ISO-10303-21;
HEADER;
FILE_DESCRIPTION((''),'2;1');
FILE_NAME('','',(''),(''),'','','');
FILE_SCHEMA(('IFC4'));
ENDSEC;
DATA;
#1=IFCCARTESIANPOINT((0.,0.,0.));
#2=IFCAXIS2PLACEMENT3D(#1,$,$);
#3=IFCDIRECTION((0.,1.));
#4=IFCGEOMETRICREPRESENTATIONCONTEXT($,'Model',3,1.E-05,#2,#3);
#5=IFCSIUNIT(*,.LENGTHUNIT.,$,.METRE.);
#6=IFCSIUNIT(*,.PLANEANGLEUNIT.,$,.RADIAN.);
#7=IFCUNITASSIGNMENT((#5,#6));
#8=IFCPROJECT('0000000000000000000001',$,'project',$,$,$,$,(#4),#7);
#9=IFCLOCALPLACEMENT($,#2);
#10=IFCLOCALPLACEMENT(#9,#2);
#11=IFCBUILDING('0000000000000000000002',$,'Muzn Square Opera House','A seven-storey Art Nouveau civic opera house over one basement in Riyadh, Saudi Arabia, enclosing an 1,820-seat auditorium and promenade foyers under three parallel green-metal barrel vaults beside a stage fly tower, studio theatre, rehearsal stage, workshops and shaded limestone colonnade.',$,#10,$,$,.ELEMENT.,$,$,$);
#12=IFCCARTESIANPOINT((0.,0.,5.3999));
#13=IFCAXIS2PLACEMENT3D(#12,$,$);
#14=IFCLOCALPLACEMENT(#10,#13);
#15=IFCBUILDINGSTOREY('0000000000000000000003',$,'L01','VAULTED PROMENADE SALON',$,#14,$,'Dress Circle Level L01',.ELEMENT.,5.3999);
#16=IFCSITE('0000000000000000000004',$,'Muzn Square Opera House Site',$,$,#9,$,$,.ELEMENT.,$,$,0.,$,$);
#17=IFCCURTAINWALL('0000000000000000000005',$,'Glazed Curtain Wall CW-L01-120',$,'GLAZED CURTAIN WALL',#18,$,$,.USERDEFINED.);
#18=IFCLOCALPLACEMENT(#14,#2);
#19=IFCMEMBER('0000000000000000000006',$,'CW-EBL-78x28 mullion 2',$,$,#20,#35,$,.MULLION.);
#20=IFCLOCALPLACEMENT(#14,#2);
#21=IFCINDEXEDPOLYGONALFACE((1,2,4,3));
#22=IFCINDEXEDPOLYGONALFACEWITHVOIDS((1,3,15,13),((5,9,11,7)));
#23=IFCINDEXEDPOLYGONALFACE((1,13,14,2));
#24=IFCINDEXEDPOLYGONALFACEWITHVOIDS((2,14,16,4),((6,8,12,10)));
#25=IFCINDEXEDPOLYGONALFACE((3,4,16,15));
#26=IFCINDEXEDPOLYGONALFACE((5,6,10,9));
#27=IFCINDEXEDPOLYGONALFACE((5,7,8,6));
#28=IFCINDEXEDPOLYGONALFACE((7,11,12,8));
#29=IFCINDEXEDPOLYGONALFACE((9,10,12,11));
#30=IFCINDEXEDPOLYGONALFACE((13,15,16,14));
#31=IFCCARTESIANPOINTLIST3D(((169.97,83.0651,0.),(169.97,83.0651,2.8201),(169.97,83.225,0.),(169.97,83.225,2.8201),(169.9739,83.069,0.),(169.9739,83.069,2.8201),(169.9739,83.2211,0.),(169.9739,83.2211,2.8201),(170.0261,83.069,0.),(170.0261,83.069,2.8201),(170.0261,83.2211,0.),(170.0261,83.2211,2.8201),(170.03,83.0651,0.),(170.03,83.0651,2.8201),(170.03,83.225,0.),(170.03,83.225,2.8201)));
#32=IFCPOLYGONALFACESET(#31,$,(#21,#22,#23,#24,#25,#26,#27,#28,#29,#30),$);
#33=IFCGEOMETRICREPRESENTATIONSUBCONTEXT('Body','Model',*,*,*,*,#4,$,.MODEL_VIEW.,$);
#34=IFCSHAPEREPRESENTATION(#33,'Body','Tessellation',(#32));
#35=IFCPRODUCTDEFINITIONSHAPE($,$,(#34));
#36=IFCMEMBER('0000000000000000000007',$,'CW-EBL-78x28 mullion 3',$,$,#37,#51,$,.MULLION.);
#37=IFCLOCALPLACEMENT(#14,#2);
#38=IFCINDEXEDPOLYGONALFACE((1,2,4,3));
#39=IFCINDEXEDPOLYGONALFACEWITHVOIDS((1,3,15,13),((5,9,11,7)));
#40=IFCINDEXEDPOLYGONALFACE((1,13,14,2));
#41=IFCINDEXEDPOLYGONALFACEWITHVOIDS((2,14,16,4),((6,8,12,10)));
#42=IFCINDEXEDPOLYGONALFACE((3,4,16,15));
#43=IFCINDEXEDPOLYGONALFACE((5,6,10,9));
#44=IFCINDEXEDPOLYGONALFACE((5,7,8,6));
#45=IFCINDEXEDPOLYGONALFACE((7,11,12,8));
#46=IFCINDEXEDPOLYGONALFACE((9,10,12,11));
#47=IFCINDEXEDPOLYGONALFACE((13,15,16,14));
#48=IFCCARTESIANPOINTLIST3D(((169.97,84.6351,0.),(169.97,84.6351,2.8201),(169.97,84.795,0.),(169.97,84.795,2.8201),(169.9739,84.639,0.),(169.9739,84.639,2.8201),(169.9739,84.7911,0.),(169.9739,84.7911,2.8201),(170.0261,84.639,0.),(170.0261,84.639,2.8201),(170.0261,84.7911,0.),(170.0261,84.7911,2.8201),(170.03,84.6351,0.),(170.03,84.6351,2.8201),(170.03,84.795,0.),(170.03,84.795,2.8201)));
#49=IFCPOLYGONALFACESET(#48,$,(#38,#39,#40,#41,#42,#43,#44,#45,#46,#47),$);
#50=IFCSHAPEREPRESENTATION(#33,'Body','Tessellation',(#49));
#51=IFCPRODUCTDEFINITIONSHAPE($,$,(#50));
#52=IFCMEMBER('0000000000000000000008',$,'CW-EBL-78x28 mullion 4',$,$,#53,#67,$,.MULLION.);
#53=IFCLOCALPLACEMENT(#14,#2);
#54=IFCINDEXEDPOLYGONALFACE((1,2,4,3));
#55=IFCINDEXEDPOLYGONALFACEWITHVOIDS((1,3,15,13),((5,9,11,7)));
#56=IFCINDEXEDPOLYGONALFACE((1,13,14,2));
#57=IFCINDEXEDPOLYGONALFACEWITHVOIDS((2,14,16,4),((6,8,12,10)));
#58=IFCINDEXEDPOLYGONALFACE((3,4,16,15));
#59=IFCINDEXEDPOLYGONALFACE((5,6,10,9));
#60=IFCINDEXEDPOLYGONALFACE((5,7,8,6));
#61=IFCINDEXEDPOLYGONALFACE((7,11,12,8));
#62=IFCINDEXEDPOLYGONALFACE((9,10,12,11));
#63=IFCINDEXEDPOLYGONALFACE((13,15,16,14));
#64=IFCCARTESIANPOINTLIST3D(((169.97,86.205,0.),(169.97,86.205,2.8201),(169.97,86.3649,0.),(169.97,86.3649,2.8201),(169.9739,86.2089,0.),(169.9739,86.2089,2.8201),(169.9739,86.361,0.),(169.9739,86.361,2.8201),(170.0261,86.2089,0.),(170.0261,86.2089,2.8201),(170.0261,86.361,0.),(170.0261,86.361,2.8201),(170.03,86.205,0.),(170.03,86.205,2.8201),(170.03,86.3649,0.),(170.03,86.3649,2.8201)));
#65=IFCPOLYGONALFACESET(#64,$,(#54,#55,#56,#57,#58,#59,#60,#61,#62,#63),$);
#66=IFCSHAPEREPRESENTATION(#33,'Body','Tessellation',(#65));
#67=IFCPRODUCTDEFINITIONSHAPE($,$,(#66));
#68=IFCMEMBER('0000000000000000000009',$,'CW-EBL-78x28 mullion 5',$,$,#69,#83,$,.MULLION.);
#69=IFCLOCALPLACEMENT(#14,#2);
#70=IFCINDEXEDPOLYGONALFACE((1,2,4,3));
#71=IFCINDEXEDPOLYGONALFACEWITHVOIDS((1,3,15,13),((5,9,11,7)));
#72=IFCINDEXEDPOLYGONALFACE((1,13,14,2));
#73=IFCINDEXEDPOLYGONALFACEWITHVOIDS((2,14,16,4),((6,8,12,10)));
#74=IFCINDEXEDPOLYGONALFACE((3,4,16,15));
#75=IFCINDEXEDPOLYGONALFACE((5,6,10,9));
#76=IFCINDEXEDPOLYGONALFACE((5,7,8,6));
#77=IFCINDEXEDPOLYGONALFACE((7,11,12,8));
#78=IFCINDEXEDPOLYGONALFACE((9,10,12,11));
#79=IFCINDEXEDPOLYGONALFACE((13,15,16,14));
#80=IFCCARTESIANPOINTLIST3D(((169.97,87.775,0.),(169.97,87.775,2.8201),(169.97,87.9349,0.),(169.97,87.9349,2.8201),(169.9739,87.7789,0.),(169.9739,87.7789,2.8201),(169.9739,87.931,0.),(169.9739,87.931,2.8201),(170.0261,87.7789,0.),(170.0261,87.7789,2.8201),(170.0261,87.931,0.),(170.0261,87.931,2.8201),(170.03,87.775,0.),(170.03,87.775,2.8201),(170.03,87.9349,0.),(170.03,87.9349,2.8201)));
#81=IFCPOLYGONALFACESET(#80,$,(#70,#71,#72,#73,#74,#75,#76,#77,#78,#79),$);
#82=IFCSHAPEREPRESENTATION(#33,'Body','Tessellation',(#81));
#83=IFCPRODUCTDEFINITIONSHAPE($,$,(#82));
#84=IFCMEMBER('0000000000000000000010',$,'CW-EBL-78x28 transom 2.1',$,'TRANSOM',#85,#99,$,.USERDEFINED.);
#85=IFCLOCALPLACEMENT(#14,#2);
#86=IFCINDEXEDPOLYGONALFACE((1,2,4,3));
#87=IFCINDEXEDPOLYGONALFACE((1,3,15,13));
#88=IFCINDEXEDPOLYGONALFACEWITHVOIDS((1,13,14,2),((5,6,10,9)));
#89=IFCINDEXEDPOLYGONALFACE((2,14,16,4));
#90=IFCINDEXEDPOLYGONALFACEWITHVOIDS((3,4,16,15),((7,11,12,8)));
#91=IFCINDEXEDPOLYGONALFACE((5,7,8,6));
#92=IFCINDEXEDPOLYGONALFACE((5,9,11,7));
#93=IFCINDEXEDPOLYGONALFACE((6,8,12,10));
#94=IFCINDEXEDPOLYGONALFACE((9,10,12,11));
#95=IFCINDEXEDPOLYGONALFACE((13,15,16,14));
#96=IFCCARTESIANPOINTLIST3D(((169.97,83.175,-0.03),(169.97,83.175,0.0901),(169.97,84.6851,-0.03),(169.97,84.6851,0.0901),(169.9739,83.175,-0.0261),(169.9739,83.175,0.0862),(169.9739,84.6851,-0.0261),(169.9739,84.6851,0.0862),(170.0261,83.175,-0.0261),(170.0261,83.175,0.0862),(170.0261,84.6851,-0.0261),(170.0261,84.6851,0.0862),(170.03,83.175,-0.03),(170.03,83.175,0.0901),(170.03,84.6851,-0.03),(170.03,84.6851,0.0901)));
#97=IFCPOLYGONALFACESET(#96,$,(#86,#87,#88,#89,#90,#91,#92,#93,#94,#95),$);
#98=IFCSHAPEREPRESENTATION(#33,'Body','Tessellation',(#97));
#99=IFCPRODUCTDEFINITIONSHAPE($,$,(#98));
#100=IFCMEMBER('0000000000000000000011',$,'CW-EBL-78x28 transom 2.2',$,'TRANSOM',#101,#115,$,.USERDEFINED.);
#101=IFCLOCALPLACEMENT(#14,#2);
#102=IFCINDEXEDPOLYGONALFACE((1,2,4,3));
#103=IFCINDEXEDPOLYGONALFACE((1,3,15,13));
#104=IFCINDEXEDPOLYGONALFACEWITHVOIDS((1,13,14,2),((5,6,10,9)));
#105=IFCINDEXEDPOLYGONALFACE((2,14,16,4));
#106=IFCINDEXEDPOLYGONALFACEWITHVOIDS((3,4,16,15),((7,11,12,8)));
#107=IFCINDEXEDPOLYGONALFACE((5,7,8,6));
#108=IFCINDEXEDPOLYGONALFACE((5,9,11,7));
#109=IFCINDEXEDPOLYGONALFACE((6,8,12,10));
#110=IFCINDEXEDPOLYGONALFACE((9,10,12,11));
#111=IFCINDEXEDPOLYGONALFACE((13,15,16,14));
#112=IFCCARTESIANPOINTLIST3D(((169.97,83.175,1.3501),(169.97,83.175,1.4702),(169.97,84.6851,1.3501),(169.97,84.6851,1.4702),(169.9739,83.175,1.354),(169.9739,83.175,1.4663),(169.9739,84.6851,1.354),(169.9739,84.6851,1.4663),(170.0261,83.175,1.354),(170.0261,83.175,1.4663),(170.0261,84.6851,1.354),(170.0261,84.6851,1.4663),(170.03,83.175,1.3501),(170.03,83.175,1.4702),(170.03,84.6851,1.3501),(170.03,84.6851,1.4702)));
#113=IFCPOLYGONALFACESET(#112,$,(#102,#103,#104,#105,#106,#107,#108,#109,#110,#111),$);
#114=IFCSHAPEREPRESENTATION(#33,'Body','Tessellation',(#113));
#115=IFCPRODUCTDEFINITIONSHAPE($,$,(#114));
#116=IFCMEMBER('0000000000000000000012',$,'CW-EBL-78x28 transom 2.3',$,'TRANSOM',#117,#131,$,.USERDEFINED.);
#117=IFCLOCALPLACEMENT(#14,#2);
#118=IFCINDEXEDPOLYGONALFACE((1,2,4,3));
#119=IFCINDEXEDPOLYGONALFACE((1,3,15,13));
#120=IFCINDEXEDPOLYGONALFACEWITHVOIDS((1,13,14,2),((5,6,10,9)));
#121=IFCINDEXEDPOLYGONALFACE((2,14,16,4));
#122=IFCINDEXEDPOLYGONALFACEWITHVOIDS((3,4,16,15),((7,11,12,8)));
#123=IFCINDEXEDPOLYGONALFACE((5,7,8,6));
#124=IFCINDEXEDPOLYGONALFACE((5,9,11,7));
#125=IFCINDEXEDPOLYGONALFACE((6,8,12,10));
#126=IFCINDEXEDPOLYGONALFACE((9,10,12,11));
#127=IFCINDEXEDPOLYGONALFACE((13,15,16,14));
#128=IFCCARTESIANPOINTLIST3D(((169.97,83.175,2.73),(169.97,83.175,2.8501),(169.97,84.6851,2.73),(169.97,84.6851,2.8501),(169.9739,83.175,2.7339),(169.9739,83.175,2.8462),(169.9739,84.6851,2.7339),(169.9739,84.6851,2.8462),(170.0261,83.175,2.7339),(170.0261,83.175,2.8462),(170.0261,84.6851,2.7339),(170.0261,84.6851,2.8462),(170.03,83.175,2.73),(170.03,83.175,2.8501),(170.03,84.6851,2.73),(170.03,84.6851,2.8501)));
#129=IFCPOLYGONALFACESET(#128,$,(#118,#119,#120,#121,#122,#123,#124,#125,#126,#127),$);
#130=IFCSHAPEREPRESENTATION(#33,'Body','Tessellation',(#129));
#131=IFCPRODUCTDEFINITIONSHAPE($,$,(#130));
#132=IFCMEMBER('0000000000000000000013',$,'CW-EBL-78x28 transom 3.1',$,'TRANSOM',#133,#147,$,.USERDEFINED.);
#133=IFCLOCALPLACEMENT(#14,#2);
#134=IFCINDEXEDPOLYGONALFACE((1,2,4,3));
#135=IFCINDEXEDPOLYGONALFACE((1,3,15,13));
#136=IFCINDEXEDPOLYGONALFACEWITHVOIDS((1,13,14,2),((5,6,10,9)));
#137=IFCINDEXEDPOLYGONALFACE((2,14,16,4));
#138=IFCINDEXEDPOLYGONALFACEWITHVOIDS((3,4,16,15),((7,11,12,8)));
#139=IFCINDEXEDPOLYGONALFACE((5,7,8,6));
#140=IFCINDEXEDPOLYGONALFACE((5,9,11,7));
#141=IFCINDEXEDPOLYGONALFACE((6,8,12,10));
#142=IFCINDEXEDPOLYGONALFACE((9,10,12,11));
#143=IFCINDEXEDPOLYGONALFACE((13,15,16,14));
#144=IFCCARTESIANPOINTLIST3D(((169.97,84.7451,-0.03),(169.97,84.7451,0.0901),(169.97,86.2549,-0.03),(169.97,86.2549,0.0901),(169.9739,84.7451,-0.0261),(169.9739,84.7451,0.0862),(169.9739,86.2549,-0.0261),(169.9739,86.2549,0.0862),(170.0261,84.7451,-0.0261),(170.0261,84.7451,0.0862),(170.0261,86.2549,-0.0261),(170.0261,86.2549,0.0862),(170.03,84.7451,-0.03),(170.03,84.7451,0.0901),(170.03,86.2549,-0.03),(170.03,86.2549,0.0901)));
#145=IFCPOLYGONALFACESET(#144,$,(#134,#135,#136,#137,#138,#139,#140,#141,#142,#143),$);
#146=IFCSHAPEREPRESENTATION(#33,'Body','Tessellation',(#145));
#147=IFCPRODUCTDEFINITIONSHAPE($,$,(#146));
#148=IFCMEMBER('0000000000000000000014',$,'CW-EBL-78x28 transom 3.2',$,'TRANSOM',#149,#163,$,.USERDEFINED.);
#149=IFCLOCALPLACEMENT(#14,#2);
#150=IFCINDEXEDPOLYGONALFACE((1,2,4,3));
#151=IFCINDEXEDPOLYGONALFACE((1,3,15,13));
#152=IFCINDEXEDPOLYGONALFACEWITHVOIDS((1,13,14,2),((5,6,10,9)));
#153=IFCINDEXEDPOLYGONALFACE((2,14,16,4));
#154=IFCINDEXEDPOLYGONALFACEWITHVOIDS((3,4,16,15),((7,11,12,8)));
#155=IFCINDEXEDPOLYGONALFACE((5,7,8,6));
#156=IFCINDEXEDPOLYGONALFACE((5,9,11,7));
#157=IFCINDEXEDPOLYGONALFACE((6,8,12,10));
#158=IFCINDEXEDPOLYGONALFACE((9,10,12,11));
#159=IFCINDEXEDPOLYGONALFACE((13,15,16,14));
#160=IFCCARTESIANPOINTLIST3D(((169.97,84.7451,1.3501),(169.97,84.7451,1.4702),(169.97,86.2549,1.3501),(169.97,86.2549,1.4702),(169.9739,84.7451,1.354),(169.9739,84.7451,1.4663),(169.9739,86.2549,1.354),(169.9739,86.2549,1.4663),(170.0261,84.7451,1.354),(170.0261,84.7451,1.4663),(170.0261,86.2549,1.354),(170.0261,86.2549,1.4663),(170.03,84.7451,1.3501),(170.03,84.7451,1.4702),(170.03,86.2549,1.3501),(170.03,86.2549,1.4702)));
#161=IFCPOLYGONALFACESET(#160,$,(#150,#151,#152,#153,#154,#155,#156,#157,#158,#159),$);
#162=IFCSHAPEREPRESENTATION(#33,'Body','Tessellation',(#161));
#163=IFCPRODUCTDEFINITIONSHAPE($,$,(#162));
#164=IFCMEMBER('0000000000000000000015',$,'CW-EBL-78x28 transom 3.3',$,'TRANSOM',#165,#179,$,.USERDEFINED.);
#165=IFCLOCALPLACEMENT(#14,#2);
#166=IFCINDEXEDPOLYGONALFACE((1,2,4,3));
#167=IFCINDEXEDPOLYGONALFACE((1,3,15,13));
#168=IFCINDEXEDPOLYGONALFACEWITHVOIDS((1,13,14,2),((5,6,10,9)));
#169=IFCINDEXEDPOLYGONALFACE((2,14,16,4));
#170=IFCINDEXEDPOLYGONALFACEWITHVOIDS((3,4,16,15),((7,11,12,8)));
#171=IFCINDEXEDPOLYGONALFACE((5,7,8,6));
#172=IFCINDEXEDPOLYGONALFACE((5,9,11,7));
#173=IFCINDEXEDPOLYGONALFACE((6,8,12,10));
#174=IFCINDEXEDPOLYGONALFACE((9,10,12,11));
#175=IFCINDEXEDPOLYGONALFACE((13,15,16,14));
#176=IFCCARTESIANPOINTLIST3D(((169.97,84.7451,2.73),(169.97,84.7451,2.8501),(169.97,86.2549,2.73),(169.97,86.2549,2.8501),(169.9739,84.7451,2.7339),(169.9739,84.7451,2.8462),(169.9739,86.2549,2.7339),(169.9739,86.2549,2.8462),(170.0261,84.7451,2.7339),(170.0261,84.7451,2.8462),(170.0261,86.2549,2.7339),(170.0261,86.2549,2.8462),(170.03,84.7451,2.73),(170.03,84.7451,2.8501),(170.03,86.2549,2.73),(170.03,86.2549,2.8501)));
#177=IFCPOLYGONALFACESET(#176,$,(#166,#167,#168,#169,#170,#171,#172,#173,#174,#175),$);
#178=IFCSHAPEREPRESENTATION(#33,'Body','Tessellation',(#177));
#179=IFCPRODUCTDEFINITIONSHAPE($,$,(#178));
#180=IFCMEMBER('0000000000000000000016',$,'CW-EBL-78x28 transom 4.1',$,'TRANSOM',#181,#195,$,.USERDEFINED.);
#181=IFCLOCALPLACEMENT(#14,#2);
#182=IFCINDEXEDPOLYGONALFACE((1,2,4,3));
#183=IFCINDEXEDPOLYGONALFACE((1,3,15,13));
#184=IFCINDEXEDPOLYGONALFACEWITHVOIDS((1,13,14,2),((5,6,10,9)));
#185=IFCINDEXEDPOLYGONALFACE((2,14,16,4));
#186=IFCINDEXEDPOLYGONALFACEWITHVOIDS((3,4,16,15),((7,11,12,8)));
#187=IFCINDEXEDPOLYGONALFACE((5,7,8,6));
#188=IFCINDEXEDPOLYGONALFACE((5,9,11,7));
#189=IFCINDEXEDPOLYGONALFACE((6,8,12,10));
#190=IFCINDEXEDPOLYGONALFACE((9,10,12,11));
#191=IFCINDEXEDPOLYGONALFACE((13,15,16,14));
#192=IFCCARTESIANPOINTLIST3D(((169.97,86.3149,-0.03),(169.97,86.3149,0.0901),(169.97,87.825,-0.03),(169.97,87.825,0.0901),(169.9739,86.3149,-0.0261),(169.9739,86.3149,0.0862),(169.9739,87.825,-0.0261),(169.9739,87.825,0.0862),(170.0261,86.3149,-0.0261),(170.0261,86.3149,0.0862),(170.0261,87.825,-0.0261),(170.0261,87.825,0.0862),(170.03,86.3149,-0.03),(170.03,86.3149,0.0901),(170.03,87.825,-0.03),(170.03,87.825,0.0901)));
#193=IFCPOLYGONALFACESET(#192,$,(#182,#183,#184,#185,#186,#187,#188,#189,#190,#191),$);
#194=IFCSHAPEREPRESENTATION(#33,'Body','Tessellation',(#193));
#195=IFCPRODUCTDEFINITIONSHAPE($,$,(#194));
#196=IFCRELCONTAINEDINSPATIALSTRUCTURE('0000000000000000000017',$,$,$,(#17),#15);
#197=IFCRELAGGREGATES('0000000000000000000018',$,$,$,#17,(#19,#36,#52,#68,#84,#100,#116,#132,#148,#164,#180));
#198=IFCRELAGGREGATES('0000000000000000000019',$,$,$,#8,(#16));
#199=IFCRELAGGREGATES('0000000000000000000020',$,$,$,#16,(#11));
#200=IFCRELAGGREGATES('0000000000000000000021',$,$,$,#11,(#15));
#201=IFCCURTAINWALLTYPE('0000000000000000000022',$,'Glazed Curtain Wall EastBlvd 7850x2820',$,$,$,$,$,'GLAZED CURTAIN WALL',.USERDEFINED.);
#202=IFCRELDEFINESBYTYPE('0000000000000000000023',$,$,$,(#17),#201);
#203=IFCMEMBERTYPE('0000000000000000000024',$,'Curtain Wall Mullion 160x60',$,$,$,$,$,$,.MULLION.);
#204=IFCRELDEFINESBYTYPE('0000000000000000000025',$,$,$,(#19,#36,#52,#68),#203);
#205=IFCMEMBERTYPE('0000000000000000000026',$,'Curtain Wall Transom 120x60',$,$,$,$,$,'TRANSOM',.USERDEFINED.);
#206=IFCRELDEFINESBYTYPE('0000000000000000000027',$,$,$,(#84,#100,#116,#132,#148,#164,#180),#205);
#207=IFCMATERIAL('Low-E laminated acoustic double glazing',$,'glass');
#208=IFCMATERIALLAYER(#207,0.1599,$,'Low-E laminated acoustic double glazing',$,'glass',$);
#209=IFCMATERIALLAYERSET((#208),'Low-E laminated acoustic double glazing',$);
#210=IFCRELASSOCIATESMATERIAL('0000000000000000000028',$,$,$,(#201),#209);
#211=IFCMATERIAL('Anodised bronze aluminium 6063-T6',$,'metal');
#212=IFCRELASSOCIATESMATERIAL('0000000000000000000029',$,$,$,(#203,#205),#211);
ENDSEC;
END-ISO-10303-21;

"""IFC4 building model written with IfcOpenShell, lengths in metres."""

from ifc_helpers import new_model, si_unit, direction, frame, origin, origin_2d, place, context, subcontext, project, spatial, hollow_rectangle, extrude, material, layer, layer_set, material_profile, profile_set, type_object, element, aggregate, save


model = new_model("IFC4")

# Units and contexts
model_context = context("Model", 3, precision=1e-05, world=origin(), true_north=direction((0.0, 1.0)))
body_context = subcontext(model_context, "Body", "Model", "MODEL_VIEW")
ifc_project = project(units=[si_unit("LENGTHUNIT", "METRE"), si_unit("PLANEANGLEUNIT", "RADIAN")], contexts=[model_context])

# Site, building, storey
site_placement = place(None, origin())
site = spatial("IfcSite", under=ifc_project, at=site_placement, Name="Muzn Square Opera House Site", CompositionType="ELEMENT", RefElevation=0.0)
building_placement = place(site_placement, origin())
building = spatial("IfcBuilding", under=site, at=building_placement, Name="Muzn Square Opera House", Description="A seven-storey Art Nouveau civic opera house over one basement in Riyadh, Saudi Arabia, enclosing an 1,820-seat auditorium and promenade foyers under three parallel green-metal barrel vaults beside a stage fly tower, studio theatre, rehearsal stage, workshops and shaded limestone colonnade.", CompositionType="ELEMENT")
storey_placement = place(building_placement, frame((0.0, 0.0, 5.3999)))
storey = spatial("IfcBuildingStorey", under=building, at=storey_placement, Name="L01", Description="VAULTED PROMENADE SALON", LongName="Dress Circle Level L01", CompositionType="ELEMENT", Elevation=5.3999)

# Curtain wall, members
ifc_material_1 = material(Name="Low-E laminated acoustic double glazing", Category="glass")
ifc_layer_1 = layer(ifc_material_1, 0.1599, Name="Low-E laminated acoustic double glazing", Category="glass")
ifc_layer_set_1 = layer_set([ifc_layer_1], Name="Low-E laminated acoustic double glazing")
curtain_wall_type = type_object("IfcCurtainWallType", Name="Glazed Curtain Wall EastBlvd 7850x2820", ElementType="GLAZED CURTAIN WALL", PredefinedType="USERDEFINED", material=ifc_layer_set_1)
curtain_wall_placement = place(storey_placement, origin())
curtain_wall = element("IfcCurtainWall", 1, at=curtain_wall_placement, inside=storey, type_object=curtain_wall_type, Name="Glazed Curtain Wall CW-L01-120", ObjectType="GLAZED CURTAIN WALL", PredefinedType="USERDEFINED")
ifc_material_2 = material(Name="Anodised bronze aluminium 6063-T6", Category="metal")
ifc_material_profile_1 = material_profile(ifc_material_2, hollow_rectangle(XDim=0.0601, YDim=0.1599, WallThickness=0.0039, at=origin_2d()), Name="ALU 160x60x4", Category="metal")
ifc_profile_set_1 = profile_set([ifc_material_profile_1], Name="Anodised bronze aluminium 6063-T6")
member_type_1 = type_object("IfcMemberType", Name="Curtain Wall Mullion 160x60", PredefinedType="MULLION", material=ifc_profile_set_1)
member_1_placement = place(storey_placement, frame((170.0, 83.145, 0.0), z_axis=(0.0, 0.0, 1.0), x_axis=(-1.0, 0.0, 0.0)))
member_1 = element("IfcMember", 2, at=member_1_placement, type_object=member_type_1, Name="CW-EBL-78x28 mullion 2", PredefinedType="MULLION", context=body_context, shape_type="SweptSolid", body=[
    extrude(hollow_rectangle(XDim=0.0601, YDim=0.1599, WallThickness=0.0039, at=origin_2d()), origin(), (0.0, 0.0, 1.0), 2.8201),
])
member_2_placement = place(storey_placement, frame((170.0, 84.7151, 0.0), z_axis=(0.0, 0.0, 1.0), x_axis=(-1.0, 0.0, 0.0)))
member_2 = element("IfcMember", 3, at=member_2_placement, type_object=member_type_1, Name="CW-EBL-78x28 mullion 3", PredefinedType="MULLION", context=body_context, shape_type="SweptSolid", body=[
    extrude(hollow_rectangle(XDim=0.0601, YDim=0.1599, WallThickness=0.0039, at=origin_2d()), origin(), (0.0, 0.0, 1.0), 2.8201),
])
member_3_placement = place(storey_placement, frame((170.0, 86.2849, 0.0), z_axis=(0.0, 0.0, 1.0), x_axis=(-1.0, 0.0, 0.0)))
member_3 = element("IfcMember", 4, at=member_3_placement, type_object=member_type_1, Name="CW-EBL-78x28 mullion 4", PredefinedType="MULLION", context=body_context, shape_type="SweptSolid", body=[
    extrude(hollow_rectangle(XDim=0.0601, YDim=0.1599, WallThickness=0.0039, at=origin_2d()), origin(), (0.0, 0.0, 1.0), 2.8201),
])
member_4_placement = place(storey_placement, frame((170.0, 87.855, 0.0), z_axis=(0.0, 0.0, 1.0), x_axis=(-1.0, 0.0, 0.0)))
member_4 = element("IfcMember", 5, at=member_4_placement, type_object=member_type_1, Name="CW-EBL-78x28 mullion 5", PredefinedType="MULLION", context=body_context, shape_type="SweptSolid", body=[
    extrude(hollow_rectangle(XDim=0.0601, YDim=0.1599, WallThickness=0.0039, at=origin_2d()), origin(), (0.0, 0.0, 1.0), 2.8201),
])
ifc_material_profile_2 = material_profile(ifc_material_2, hollow_rectangle(XDim=0.0601, YDim=0.1201, WallThickness=0.0039, at=origin_2d()), Name="ALU 120x60x4", Category="metal")
ifc_profile_set_2 = profile_set([ifc_material_profile_2], Name="Anodised bronze aluminium 6063-T6")
member_type_2 = type_object("IfcMemberType", Name="Curtain Wall Transom 120x60", ElementType="TRANSOM", PredefinedType="USERDEFINED", material=ifc_profile_set_2)
member_5_placement = place(storey_placement, frame((170.0, 83.175, 0.03), z_axis=(0.0, 1.0, 0.0), x_axis=(-1.0, 0.0, 0.0)))
member_5 = element("IfcMember", 6, at=member_5_placement, type_object=member_type_2, Name="CW-EBL-78x28 transom 2.1", ObjectType="TRANSOM", PredefinedType="USERDEFINED", context=body_context, shape_type="SweptSolid", body=[
    extrude(hollow_rectangle(XDim=0.0601, YDim=0.1201, WallThickness=0.0039, at=origin_2d()), origin(), (0.0, 0.0, 1.0), 1.51),
])
member_6_placement = place(storey_placement, frame((170.0, 83.175, 1.4102), z_axis=(0.0, 1.0, 0.0), x_axis=(-1.0, 0.0, 0.0)))
member_6 = element("IfcMember", 7, at=member_6_placement, type_object=member_type_2, Name="CW-EBL-78x28 transom 2.2", ObjectType="TRANSOM", PredefinedType="USERDEFINED", context=body_context, shape_type="SweptSolid", body=[
    extrude(hollow_rectangle(XDim=0.0601, YDim=0.1201, WallThickness=0.0039, at=origin_2d()), origin(), (0.0, 0.0, 1.0), 1.51),
])
member_7_placement = place(storey_placement, frame((170.0, 83.175, 2.79), z_axis=(0.0, 1.0, 0.0), x_axis=(-1.0, 0.0, 0.0)))
member_7 = element("IfcMember", 8, at=member_7_placement, type_object=member_type_2, Name="CW-EBL-78x28 transom 2.3", ObjectType="TRANSOM", PredefinedType="USERDEFINED", context=body_context, shape_type="SweptSolid", body=[
    extrude(hollow_rectangle(XDim=0.0601, YDim=0.1201, WallThickness=0.0039, at=origin_2d()), origin(), (0.0, 0.0, 1.0), 1.51),
])
member_8_placement = place(storey_placement, frame((170.0, 84.7451, 0.03), z_axis=(0.0, 1.0, 0.0), x_axis=(-1.0, 0.0, 0.0)))
member_8 = element("IfcMember", 9, at=member_8_placement, type_object=member_type_2, Name="CW-EBL-78x28 transom 3.1", ObjectType="TRANSOM", PredefinedType="USERDEFINED", context=body_context, shape_type="SweptSolid", body=[
    extrude(hollow_rectangle(XDim=0.0601, YDim=0.1201, WallThickness=0.0039, at=origin_2d()), origin(), (0.0, 0.0, 1.0), 1.5098),
])
member_9_placement = place(storey_placement, frame((170.0, 84.7451, 1.4102), z_axis=(0.0, 1.0, 0.0), x_axis=(-1.0, 0.0, 0.0)))
member_9 = element("IfcMember", 10, at=member_9_placement, type_object=member_type_2, Name="CW-EBL-78x28 transom 3.2", ObjectType="TRANSOM", PredefinedType="USERDEFINED", context=body_context, shape_type="SweptSolid", body=[
    extrude(hollow_rectangle(XDim=0.0601, YDim=0.1201, WallThickness=0.0039, at=origin_2d()), origin(), (0.0, 0.0, 1.0), 1.5098),
])
member_10_placement = place(storey_placement, frame((170.0, 84.7451, 2.79), z_axis=(0.0, 1.0, 0.0), x_axis=(-1.0, 0.0, 0.0)))
member_10 = element("IfcMember", 11, at=member_10_placement, type_object=member_type_2, Name="CW-EBL-78x28 transom 3.3", ObjectType="TRANSOM", PredefinedType="USERDEFINED", context=body_context, shape_type="SweptSolid", body=[
    extrude(hollow_rectangle(XDim=0.0601, YDim=0.1201, WallThickness=0.0039, at=origin_2d()), origin(), (0.0, 0.0, 1.0), 1.5098),
])
member_11_placement = place(storey_placement, frame((170.0, 86.3149, 0.03), z_axis=(0.0, 1.0, 0.0), x_axis=(-1.0, 0.0, 0.0)))
member_11 = element("IfcMember", 12, at=member_11_placement, type_object=member_type_2, Name="CW-EBL-78x28 transom 4.1", ObjectType="TRANSOM", PredefinedType="USERDEFINED", context=body_context, shape_type="SweptSolid", body=[
    extrude(hollow_rectangle(XDim=0.0601, YDim=0.1201, WallThickness=0.0039, at=origin_2d()), origin(), (0.0, 0.0, 1.0), 1.51),
])

aggregate(curtain_wall, [member_1, member_2, member_3, member_4, member_5, member_6, member_7, member_8, member_9, member_10, member_11])

save(model, "model.ifc")
